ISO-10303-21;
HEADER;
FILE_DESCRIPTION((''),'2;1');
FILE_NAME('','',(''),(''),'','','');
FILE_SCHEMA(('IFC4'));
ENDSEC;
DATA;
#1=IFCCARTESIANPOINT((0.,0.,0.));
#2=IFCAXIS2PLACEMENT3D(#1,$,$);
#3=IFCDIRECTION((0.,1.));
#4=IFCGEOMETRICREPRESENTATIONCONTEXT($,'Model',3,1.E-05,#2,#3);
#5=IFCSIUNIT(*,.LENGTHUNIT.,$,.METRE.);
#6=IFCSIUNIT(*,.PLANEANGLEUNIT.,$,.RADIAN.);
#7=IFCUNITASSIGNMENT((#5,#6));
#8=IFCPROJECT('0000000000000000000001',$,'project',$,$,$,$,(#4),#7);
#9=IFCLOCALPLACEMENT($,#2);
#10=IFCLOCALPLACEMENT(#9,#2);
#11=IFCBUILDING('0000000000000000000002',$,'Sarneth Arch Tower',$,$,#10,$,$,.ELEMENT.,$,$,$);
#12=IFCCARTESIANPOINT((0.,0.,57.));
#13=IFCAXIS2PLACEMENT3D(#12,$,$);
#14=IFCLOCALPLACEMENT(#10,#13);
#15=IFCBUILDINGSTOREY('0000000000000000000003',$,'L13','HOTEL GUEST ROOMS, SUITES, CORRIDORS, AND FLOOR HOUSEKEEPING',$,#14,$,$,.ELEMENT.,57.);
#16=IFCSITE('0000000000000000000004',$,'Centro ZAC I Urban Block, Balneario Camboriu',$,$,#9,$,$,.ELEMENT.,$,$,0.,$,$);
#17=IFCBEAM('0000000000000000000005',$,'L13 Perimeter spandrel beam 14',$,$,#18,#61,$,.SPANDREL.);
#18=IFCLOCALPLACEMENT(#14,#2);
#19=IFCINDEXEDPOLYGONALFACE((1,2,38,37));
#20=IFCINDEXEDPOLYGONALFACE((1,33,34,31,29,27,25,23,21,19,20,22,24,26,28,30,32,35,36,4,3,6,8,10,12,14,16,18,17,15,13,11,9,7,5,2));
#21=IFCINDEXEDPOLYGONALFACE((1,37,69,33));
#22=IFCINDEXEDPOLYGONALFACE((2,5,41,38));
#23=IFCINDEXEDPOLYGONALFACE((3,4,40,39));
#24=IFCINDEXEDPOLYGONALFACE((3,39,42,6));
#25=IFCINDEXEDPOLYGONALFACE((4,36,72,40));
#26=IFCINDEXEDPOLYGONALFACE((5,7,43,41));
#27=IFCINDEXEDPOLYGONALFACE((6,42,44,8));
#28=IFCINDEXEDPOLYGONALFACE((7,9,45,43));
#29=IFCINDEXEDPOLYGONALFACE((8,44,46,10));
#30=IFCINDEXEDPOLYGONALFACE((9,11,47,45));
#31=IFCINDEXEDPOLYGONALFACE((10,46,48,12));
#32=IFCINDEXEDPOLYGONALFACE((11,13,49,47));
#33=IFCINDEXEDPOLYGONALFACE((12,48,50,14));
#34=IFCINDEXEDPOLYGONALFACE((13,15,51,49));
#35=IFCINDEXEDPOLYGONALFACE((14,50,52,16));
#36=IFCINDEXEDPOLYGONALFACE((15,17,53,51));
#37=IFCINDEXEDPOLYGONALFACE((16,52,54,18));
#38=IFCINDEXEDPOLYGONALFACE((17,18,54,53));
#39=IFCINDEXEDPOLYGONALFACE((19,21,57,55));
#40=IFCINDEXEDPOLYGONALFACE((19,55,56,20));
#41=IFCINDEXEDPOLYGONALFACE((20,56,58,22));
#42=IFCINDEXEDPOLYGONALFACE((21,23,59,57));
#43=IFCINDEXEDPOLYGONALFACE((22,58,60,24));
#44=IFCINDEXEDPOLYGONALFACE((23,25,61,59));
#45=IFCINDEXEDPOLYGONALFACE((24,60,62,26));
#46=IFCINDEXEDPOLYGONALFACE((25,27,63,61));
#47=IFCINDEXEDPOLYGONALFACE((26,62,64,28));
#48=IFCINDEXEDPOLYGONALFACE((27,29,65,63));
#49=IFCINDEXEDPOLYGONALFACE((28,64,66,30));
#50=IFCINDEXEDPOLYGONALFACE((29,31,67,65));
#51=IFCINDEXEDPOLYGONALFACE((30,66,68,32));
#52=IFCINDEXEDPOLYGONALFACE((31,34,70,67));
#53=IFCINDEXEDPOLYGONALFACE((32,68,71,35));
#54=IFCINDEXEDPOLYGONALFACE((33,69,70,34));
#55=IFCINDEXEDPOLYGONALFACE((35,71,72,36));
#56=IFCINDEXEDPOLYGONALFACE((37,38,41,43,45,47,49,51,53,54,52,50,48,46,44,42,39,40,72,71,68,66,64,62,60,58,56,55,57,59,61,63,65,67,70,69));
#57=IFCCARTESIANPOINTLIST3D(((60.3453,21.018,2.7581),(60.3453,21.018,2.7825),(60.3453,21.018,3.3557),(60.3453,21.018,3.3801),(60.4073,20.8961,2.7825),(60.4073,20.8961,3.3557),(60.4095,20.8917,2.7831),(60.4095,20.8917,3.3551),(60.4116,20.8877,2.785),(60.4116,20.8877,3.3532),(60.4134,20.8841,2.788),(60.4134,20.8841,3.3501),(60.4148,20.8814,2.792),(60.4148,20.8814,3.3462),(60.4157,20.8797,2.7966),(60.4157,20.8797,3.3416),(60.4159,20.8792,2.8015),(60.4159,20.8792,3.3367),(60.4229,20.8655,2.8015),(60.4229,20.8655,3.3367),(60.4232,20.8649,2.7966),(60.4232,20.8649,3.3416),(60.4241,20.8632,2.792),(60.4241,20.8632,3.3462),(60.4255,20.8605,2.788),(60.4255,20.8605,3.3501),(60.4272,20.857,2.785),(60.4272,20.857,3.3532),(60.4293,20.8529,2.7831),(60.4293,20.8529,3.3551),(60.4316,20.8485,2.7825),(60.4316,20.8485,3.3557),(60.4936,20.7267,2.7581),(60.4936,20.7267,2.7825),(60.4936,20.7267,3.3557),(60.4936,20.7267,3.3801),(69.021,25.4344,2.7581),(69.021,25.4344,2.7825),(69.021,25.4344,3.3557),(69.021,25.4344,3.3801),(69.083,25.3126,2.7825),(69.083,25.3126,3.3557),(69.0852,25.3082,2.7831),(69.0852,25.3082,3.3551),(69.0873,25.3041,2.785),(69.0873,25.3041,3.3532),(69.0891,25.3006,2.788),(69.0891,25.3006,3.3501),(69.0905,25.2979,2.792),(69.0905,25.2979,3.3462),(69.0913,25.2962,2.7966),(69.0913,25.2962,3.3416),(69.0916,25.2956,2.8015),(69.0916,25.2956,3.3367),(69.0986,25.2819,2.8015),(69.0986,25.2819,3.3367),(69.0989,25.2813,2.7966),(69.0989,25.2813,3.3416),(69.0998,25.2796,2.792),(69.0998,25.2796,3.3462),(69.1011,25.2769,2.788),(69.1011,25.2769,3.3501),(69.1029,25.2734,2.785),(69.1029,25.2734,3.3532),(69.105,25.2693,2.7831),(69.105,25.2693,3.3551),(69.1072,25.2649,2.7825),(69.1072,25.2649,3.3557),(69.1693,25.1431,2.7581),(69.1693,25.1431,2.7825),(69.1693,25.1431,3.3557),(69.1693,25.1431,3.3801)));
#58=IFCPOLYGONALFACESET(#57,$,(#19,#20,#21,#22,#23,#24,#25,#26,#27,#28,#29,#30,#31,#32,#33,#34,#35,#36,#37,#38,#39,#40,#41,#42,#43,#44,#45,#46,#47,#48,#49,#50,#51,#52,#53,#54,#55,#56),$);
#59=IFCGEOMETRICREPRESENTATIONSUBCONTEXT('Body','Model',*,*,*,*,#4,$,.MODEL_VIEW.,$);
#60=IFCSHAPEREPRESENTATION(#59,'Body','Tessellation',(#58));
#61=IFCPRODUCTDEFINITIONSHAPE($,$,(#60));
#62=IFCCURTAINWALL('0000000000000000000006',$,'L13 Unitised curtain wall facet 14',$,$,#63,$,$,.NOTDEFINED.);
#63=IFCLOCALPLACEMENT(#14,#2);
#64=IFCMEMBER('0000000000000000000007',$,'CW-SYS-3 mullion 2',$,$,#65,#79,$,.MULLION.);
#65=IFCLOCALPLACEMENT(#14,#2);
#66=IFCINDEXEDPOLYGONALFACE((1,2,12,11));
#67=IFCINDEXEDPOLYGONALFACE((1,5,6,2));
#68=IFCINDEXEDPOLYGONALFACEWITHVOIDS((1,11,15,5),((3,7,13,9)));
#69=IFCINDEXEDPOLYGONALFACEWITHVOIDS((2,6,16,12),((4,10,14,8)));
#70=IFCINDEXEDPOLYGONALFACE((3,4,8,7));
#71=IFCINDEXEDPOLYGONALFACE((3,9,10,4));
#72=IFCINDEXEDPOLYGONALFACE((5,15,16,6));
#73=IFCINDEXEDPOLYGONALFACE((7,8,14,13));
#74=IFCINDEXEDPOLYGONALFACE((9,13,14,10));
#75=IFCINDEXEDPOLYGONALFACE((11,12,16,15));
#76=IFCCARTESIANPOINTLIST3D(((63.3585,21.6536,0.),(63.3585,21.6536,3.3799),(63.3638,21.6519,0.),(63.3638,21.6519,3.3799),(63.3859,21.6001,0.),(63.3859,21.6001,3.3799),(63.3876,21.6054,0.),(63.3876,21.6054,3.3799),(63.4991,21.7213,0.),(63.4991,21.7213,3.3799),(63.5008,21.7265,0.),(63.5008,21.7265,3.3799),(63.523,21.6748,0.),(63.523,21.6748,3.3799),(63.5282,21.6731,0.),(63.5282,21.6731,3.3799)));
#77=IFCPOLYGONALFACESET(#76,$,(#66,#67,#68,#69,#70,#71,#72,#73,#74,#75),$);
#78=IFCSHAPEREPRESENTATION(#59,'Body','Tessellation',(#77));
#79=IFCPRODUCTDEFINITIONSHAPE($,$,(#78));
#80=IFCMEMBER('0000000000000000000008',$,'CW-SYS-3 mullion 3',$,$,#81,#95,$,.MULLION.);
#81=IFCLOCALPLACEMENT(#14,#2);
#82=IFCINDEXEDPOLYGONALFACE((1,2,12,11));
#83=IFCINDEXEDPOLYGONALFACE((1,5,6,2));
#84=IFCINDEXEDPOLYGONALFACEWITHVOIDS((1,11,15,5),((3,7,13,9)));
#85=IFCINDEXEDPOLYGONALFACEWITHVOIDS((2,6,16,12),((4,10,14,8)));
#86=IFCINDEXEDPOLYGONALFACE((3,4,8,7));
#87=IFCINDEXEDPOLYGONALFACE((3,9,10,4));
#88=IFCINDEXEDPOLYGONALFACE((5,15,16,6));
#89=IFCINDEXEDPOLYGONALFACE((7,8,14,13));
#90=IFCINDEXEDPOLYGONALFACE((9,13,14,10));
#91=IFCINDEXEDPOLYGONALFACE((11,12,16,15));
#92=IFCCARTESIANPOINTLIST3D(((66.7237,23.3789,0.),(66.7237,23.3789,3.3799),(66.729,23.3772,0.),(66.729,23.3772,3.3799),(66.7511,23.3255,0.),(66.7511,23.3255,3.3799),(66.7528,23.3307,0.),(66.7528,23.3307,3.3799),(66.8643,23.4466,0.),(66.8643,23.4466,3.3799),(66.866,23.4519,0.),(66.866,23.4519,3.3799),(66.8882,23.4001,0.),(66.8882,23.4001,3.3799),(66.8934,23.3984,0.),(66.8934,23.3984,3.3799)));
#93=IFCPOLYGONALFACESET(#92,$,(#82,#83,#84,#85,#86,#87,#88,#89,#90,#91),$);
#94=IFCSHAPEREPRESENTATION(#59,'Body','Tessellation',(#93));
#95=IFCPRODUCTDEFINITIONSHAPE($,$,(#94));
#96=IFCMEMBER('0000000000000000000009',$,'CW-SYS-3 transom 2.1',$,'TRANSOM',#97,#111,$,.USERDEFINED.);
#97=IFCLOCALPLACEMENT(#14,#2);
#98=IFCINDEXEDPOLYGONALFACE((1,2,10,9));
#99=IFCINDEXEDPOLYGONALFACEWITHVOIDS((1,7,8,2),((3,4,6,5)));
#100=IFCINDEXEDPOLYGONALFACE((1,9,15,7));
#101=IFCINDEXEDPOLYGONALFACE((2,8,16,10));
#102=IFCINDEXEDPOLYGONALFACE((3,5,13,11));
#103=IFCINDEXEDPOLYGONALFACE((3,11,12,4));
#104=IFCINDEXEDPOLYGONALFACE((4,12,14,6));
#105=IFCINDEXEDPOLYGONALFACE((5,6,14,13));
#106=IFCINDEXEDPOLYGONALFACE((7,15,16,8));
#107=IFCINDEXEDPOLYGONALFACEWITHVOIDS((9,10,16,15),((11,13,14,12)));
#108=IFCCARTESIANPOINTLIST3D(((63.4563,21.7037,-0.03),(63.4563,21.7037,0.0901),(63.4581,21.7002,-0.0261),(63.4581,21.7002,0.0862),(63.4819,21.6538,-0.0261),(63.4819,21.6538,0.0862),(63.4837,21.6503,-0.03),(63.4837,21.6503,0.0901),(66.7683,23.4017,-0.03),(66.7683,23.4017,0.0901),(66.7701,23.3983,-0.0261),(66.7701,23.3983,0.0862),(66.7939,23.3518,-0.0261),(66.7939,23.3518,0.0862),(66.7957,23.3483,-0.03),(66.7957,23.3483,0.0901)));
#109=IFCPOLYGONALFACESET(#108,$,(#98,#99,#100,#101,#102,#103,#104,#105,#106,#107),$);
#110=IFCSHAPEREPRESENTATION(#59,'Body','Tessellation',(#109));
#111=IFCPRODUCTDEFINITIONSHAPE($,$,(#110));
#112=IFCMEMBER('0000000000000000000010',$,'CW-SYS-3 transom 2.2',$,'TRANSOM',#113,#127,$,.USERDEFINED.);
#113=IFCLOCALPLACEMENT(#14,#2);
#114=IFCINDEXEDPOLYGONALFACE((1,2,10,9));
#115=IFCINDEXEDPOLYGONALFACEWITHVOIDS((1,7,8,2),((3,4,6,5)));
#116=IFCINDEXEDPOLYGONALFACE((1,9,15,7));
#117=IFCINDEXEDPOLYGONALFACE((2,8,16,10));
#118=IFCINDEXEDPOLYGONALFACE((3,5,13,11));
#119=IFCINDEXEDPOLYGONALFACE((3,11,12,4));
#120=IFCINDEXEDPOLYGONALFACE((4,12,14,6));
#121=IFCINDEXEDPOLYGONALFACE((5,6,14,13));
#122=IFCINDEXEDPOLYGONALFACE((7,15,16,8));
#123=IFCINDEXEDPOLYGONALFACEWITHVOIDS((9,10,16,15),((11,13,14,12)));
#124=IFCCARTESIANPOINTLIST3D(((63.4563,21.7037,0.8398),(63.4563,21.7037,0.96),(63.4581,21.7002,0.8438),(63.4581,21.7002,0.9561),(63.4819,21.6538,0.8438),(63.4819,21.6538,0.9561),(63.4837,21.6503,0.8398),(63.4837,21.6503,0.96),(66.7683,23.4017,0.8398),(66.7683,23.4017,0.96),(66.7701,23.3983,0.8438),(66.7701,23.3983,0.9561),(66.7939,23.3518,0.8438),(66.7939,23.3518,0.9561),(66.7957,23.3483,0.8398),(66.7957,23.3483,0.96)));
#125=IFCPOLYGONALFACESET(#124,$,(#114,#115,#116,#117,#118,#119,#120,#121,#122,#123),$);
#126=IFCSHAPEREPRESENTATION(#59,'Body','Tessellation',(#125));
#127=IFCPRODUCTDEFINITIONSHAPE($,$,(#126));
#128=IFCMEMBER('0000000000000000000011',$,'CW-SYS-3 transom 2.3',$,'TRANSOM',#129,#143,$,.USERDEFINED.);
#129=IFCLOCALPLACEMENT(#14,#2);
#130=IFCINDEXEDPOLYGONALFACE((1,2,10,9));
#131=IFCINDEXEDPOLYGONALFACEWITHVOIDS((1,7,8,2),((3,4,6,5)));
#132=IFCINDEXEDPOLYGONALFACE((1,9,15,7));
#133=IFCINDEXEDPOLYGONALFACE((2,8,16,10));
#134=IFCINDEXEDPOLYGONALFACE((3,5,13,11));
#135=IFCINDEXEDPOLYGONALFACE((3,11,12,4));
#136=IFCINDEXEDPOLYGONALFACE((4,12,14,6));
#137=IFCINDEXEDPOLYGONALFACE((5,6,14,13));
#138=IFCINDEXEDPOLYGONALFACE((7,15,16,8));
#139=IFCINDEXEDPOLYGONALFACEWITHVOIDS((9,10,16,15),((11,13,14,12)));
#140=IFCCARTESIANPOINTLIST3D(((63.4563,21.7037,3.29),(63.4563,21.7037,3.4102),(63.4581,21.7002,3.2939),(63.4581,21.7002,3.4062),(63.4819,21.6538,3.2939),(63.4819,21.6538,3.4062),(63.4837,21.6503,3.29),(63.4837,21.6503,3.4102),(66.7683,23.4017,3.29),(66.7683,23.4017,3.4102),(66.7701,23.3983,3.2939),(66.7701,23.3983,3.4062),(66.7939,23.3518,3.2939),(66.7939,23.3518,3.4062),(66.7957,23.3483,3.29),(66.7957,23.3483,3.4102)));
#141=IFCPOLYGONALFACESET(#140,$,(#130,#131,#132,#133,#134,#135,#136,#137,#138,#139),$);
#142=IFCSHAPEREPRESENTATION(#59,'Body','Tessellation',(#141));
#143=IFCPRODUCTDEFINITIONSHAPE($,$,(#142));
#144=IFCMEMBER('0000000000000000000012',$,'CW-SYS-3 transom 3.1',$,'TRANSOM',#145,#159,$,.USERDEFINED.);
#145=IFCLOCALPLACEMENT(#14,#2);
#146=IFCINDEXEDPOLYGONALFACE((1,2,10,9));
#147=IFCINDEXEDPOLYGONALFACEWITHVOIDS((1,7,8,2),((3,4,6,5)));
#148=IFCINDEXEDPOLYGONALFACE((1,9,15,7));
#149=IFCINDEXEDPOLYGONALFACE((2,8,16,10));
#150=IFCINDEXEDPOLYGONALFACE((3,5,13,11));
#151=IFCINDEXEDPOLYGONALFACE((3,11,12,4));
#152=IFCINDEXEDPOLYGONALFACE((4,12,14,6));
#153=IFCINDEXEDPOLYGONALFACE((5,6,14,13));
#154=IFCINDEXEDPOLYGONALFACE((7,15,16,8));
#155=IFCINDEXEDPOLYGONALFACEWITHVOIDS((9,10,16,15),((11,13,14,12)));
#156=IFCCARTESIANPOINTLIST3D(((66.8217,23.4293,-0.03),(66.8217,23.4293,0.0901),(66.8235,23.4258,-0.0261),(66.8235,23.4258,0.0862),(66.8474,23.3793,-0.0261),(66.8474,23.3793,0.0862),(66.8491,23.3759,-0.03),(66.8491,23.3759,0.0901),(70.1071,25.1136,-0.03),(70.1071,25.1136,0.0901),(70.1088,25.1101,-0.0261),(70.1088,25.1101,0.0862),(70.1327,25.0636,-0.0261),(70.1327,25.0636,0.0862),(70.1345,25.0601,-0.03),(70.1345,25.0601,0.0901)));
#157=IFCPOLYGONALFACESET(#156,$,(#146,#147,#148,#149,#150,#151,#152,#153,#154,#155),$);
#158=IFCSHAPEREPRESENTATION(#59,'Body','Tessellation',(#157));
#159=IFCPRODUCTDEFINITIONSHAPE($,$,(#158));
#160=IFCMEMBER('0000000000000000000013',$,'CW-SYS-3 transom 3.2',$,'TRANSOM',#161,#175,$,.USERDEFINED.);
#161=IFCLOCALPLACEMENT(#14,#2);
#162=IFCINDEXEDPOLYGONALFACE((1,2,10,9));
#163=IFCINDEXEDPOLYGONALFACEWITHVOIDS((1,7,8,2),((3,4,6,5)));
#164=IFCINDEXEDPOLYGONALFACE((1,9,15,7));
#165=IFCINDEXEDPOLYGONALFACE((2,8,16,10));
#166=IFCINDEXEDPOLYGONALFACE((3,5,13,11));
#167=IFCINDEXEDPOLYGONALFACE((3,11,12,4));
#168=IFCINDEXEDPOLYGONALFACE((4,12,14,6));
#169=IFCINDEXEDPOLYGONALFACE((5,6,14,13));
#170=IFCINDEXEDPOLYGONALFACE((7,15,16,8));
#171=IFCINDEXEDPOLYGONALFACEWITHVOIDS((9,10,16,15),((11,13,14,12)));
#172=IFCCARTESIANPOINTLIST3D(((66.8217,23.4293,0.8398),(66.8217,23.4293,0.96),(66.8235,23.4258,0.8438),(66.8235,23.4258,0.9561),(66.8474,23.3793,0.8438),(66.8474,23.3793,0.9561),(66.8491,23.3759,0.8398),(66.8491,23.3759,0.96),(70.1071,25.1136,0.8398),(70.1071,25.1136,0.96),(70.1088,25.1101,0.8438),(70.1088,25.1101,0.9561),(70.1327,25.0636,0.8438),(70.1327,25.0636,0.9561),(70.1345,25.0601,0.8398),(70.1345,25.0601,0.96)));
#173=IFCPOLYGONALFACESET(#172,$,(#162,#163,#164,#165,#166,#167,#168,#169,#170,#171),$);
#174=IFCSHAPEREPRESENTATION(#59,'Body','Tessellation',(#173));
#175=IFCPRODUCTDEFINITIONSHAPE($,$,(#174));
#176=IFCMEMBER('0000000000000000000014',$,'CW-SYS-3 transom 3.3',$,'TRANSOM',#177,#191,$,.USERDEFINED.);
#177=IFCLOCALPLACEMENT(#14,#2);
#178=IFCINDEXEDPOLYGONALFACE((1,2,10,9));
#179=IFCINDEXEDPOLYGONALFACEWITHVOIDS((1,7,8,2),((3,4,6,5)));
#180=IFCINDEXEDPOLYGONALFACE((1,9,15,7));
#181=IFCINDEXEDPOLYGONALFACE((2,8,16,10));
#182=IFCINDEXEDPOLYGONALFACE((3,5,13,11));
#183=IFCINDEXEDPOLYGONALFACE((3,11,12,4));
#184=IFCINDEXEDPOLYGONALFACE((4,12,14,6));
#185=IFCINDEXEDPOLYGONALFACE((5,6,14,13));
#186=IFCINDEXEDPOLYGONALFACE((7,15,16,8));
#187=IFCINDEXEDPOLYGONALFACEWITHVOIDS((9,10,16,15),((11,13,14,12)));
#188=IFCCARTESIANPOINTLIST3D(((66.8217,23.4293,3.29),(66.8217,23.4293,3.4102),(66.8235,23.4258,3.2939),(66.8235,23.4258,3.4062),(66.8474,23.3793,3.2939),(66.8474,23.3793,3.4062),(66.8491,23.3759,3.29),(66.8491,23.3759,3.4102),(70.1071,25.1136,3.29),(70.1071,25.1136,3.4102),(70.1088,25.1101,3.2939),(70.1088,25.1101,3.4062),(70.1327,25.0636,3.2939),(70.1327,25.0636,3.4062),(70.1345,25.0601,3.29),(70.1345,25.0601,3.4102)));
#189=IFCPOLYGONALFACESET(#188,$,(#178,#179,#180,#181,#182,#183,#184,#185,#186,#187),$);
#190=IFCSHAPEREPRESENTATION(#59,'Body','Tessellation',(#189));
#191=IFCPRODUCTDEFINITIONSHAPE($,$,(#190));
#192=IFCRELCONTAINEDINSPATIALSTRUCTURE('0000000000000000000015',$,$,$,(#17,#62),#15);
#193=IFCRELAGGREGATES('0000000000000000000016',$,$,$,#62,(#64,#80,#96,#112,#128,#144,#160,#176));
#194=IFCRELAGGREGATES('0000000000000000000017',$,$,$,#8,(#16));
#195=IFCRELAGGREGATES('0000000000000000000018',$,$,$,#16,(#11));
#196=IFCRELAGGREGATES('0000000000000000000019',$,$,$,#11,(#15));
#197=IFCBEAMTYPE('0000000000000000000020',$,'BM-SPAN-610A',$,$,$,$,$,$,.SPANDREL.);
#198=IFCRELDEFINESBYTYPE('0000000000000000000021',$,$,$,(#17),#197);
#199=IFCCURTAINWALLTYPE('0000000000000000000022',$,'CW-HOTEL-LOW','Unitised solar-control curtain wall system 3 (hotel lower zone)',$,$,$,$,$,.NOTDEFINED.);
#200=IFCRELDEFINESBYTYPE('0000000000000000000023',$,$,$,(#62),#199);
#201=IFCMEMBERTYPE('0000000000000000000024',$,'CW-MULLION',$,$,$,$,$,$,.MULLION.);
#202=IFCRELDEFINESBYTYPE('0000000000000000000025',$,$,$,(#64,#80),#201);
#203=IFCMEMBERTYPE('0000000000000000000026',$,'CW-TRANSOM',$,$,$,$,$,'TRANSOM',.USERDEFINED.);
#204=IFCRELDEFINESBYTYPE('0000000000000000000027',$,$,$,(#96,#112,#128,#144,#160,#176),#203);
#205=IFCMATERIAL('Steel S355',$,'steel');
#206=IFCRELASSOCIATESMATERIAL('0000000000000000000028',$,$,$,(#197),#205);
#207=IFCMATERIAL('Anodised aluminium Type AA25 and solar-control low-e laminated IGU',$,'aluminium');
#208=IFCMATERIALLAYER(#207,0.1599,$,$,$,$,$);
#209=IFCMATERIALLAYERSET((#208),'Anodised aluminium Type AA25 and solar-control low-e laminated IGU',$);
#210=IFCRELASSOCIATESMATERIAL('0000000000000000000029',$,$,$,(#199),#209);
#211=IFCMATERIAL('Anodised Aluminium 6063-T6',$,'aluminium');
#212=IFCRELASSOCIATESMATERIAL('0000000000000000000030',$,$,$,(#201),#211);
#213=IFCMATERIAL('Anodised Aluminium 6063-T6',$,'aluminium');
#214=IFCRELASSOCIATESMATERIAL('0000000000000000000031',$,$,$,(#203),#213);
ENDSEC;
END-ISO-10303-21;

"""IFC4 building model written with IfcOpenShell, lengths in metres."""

from ifc_helpers import new_model, si_unit, direction, frame, origin, origin_2d, place, context, subcontext, project, spatial, hollow_rectangle, i_section, extrude, material, layer, layer_set, material_profile, profile_set, type_object, element, aggregate, save


model = new_model("IFC4")

# Units and contexts
model_context = context("Model", 3, precision=1e-05, world=origin(), true_north=direction((0.0, 1.0)))
body_context = subcontext(model_context, "Body", "Model", "MODEL_VIEW")
ifc_project = project(units=[si_unit("LENGTHUNIT", "METRE"), si_unit("PLANEANGLEUNIT", "RADIAN")], contexts=[model_context])

# Site, building, storey
site_placement = place(None, origin())
site = spatial("IfcSite", under=ifc_project, at=site_placement, Name="Centro ZAC I Urban Block, Balneario Camboriu", CompositionType="ELEMENT", RefElevation=0.0)
building_placement = place(site_placement, origin())
building = spatial("IfcBuilding", under=site, at=building_placement, Name="Sarneth Arch Tower", CompositionType="ELEMENT")
storey_placement = place(building_placement, frame((0.0, 0.0, 57.0)))
storey = spatial("IfcBuildingStorey", under=building, at=storey_placement, Name="L13", Description="HOTEL GUEST ROOMS, SUITES, CORRIDORS, AND FLOOR HOUSEKEEPING", CompositionType="ELEMENT", Elevation=57.0)

# Beam
ifc_material_1 = material(Name="Steel S355", Category="steel")
ifc_material_profile_1 = material_profile(ifc_material_1, i_section(OverallWidth=0.3269, OverallDepth=0.6221, WebThickness=0.0154, FlangeThickness=0.0244, FilletRadius=0.019, at=origin_2d()), Name="W610x195")
ifc_profile_set_1 = profile_set([ifc_material_profile_1], Name="Steel S355")
beam_type = type_object("IfcBeamType", Name="BM-SPAN-610A", PredefinedType="SPANDREL", material=ifc_profile_set_1)
beam_placement = place(storey_placement, frame((60.4194, 20.8723, 3.0691), z_axis=(0.891174, 0.453662, 0.0), x_axis=(-0.453662, 0.891174, 0.0)))
element("IfcBeam", 1, at=beam_placement, inside=storey, type_object=beam_type, Name="L13 Perimeter spandrel beam 14", PredefinedType="SPANDREL", context=body_context, shape_type="SweptSolid", body=[
    extrude(i_section(OverallWidth=0.3269, OverallDepth=0.6221, WebThickness=0.0154, FlangeThickness=0.0244, FilletRadius=0.019, at=origin_2d()), origin(), (0.0, 0.0, 1.0), 9.7351),
])

# Curtain wall, members
ifc_material_2 = material(Name="Anodised aluminium Type AA25 and solar-control low-e laminated IGU", Category="aluminium")
ifc_layer_1 = layer(ifc_material_2, 0.1599)
ifc_layer_set_1 = layer_set([ifc_layer_1], Name="Anodised aluminium Type AA25 and solar-control low-e laminated IGU")
curtain_wall_type = type_object("IfcCurtainWallType", Name="CW-HOTEL-LOW", Description="Unitised solar-control curtain wall system 3 (hotel lower zone)", PredefinedType="NOTDEFINED", material=ifc_layer_set_1)
curtain_wall_placement = place(storey_placement, origin())
curtain_wall = element("IfcCurtainWall", 2, at=curtain_wall_placement, inside=storey, type_object=curtain_wall_type, Name="L13 Unitised curtain wall facet 14", PredefinedType="NOTDEFINED")
ifc_material_3 = material(Name="Anodised Aluminium 6063-T6", Category="aluminium")
ifc_material_profile_2 = material_profile(ifc_material_3, hollow_rectangle(XDim=0.0601, YDim=0.1599, WallThickness=0.0039, at=origin_2d()), Name="AL-MULL-160x60x4")
ifc_profile_set_2 = profile_set([ifc_material_profile_2], Name="Anodised Aluminium 6063-T6")
member_type_1 = type_object("IfcMemberType", Name="CW-MULLION", PredefinedType="MULLION", material=ifc_profile_set_2)
member_1_placement = place(storey_placement, frame((63.4434, 21.6633, 0.0), z_axis=(0.0, 0.0, 1.0), x_axis=(-0.456245, 0.889854, 0.0)))
member_1 = element("IfcMember", 3, at=member_1_placement, type_object=member_type_1, Name="CW-SYS-3 mullion 2", PredefinedType="MULLION", context=body_context, shape_type="SweptSolid", body=[
    extrude(hollow_rectangle(XDim=0.0601, YDim=0.1599, WallThickness=0.0039, at=origin_2d()), origin(), (0.0, 0.0, 1.0), 3.3799),
])
member_2_placement = place(storey_placement, frame((66.8086, 23.3887, 0.0), z_axis=(0.0, 0.0, 1.0), x_axis=(-0.456245, 0.889854, 0.0)))
member_2 = element("IfcMember", 4, at=member_2_placement, type_object=member_type_1, Name="CW-SYS-3 mullion 3", PredefinedType="MULLION", context=body_context, shape_type="SweptSolid", body=[
    extrude(hollow_rectangle(XDim=0.0601, YDim=0.1599, WallThickness=0.0039, at=origin_2d()), origin(), (0.0, 0.0, 1.0), 3.3799),
])
ifc_material_4 = material(Name="Anodised Aluminium 6063-T6", Category="aluminium")
ifc_material_profile_3 = material_profile(ifc_material_4, hollow_rectangle(XDim=0.0601, YDim=0.1201, WallThickness=0.0039, at=origin_2d()), Name="AL-TRAN-120x60x4")
ifc_profile_set_3 = profile_set([ifc_material_profile_3], Name="Anodised Aluminium 6063-T6")
member_type_2 = type_object("IfcMemberType", Name="CW-TRANSOM", ElementType="TRANSOM", PredefinedType="USERDEFINED", material=ifc_profile_set_3)
member_3_placement = place(storey_placement, frame((63.47, 21.677, 0.03), z_axis=(0.889869, 0.456217, 0.0), x_axis=(-0.456217, 0.889869, 0.0)))
member_3 = element("IfcMember", 5, at=member_3_placement, type_object=member_type_2, Name="CW-SYS-3 transom 2.1", ObjectType="TRANSOM", PredefinedType="USERDEFINED", context=body_context, shape_type="SweptSolid", body=[
    extrude(hollow_rectangle(XDim=0.0601, YDim=0.1201, WallThickness=0.0039, at=origin_2d()), origin(), (0.0, 0.0, 1.0), 3.7219),
])
member_4_placement = place(storey_placement, frame((63.47, 21.677, 0.8999), z_axis=(0.889869, 0.456217, 0.0), x_axis=(-0.456217, 0.889869, 0.0)))
member_4 = element("IfcMember", 6, at=member_4_placement, type_object=member_type_2, Name="CW-SYS-3 transom 2.2", ObjectType="TRANSOM", PredefinedType="USERDEFINED", context=body_context, shape_type="SweptSolid", body=[
    extrude(hollow_rectangle(XDim=0.0601, YDim=0.1201, WallThickness=0.0039, at=origin_2d()), origin(), (0.0, 0.0, 1.0), 3.7219),
])
member_5_placement = place(storey_placement, frame((63.47, 21.677, 3.3501), z_axis=(0.889869, 0.456217, 0.0), x_axis=(-0.456217, 0.889869, 0.0)))
member_5 = element("IfcMember", 7, at=member_5_placement, type_object=member_type_2, Name="CW-SYS-3 transom 2.3", ObjectType="TRANSOM", PredefinedType="USERDEFINED", context=body_context, shape_type="SweptSolid", body=[
    extrude(hollow_rectangle(XDim=0.0601, YDim=0.1201, WallThickness=0.0039, at=origin_2d()), origin(), (0.0, 0.0, 1.0), 3.7219),
])
member_6_placement = place(storey_placement, frame((66.8354, 23.4026, 0.03), z_axis=(0.889872, 0.456211, 0.0), x_axis=(-0.456211, 0.889872, 0.0)))
member_6 = element("IfcMember", 8, at=member_6_placement, type_object=member_type_2, Name="CW-SYS-3 transom 3.1", ObjectType="TRANSOM", PredefinedType="USERDEFINED", context=body_context, shape_type="SweptSolid", body=[
    extrude(hollow_rectangle(XDim=0.0601, YDim=0.1201, WallThickness=0.0039, at=origin_2d()), origin(), (0.0, 0.0, 1.0), 3.6919),
])
member_7_placement = place(storey_placement, frame((66.8354, 23.4026, 0.8999), z_axis=(0.889872, 0.456211, 0.0), x_axis=(-0.456211, 0.889872, 0.0)))
member_7 = element("IfcMember", 9, at=member_7_placement, type_object=member_type_2, Name="CW-SYS-3 transom 3.2", ObjectType="TRANSOM", PredefinedType="USERDEFINED", context=body_context, shape_type="SweptSolid", body=[
    extrude(hollow_rectangle(XDim=0.0601, YDim=0.1201, WallThickness=0.0039, at=origin_2d()), origin(), (0.0, 0.0, 1.0), 3.6919),
])
member_8_placement = place(storey_placement, frame((66.8354, 23.4026, 3.3501), z_axis=(0.889872, 0.456211, 0.0), x_axis=(-0.456211, 0.889872, 0.0)))
member_8 = element("IfcMember", 10, at=member_8_placement, type_object=member_type_2, Name="CW-SYS-3 transom 3.3", ObjectType="TRANSOM", PredefinedType="USERDEFINED", context=body_context, shape_type="SweptSolid", body=[
    extrude(hollow_rectangle(XDim=0.0601, YDim=0.1201, WallThickness=0.0039, at=origin_2d()), origin(), (0.0, 0.0, 1.0), 3.6919),
])
aggregate(curtain_wall, [member_1, member_2, member_3, member_4, member_5, member_6, member_7, member_8])

save(model, "model.ifc")
